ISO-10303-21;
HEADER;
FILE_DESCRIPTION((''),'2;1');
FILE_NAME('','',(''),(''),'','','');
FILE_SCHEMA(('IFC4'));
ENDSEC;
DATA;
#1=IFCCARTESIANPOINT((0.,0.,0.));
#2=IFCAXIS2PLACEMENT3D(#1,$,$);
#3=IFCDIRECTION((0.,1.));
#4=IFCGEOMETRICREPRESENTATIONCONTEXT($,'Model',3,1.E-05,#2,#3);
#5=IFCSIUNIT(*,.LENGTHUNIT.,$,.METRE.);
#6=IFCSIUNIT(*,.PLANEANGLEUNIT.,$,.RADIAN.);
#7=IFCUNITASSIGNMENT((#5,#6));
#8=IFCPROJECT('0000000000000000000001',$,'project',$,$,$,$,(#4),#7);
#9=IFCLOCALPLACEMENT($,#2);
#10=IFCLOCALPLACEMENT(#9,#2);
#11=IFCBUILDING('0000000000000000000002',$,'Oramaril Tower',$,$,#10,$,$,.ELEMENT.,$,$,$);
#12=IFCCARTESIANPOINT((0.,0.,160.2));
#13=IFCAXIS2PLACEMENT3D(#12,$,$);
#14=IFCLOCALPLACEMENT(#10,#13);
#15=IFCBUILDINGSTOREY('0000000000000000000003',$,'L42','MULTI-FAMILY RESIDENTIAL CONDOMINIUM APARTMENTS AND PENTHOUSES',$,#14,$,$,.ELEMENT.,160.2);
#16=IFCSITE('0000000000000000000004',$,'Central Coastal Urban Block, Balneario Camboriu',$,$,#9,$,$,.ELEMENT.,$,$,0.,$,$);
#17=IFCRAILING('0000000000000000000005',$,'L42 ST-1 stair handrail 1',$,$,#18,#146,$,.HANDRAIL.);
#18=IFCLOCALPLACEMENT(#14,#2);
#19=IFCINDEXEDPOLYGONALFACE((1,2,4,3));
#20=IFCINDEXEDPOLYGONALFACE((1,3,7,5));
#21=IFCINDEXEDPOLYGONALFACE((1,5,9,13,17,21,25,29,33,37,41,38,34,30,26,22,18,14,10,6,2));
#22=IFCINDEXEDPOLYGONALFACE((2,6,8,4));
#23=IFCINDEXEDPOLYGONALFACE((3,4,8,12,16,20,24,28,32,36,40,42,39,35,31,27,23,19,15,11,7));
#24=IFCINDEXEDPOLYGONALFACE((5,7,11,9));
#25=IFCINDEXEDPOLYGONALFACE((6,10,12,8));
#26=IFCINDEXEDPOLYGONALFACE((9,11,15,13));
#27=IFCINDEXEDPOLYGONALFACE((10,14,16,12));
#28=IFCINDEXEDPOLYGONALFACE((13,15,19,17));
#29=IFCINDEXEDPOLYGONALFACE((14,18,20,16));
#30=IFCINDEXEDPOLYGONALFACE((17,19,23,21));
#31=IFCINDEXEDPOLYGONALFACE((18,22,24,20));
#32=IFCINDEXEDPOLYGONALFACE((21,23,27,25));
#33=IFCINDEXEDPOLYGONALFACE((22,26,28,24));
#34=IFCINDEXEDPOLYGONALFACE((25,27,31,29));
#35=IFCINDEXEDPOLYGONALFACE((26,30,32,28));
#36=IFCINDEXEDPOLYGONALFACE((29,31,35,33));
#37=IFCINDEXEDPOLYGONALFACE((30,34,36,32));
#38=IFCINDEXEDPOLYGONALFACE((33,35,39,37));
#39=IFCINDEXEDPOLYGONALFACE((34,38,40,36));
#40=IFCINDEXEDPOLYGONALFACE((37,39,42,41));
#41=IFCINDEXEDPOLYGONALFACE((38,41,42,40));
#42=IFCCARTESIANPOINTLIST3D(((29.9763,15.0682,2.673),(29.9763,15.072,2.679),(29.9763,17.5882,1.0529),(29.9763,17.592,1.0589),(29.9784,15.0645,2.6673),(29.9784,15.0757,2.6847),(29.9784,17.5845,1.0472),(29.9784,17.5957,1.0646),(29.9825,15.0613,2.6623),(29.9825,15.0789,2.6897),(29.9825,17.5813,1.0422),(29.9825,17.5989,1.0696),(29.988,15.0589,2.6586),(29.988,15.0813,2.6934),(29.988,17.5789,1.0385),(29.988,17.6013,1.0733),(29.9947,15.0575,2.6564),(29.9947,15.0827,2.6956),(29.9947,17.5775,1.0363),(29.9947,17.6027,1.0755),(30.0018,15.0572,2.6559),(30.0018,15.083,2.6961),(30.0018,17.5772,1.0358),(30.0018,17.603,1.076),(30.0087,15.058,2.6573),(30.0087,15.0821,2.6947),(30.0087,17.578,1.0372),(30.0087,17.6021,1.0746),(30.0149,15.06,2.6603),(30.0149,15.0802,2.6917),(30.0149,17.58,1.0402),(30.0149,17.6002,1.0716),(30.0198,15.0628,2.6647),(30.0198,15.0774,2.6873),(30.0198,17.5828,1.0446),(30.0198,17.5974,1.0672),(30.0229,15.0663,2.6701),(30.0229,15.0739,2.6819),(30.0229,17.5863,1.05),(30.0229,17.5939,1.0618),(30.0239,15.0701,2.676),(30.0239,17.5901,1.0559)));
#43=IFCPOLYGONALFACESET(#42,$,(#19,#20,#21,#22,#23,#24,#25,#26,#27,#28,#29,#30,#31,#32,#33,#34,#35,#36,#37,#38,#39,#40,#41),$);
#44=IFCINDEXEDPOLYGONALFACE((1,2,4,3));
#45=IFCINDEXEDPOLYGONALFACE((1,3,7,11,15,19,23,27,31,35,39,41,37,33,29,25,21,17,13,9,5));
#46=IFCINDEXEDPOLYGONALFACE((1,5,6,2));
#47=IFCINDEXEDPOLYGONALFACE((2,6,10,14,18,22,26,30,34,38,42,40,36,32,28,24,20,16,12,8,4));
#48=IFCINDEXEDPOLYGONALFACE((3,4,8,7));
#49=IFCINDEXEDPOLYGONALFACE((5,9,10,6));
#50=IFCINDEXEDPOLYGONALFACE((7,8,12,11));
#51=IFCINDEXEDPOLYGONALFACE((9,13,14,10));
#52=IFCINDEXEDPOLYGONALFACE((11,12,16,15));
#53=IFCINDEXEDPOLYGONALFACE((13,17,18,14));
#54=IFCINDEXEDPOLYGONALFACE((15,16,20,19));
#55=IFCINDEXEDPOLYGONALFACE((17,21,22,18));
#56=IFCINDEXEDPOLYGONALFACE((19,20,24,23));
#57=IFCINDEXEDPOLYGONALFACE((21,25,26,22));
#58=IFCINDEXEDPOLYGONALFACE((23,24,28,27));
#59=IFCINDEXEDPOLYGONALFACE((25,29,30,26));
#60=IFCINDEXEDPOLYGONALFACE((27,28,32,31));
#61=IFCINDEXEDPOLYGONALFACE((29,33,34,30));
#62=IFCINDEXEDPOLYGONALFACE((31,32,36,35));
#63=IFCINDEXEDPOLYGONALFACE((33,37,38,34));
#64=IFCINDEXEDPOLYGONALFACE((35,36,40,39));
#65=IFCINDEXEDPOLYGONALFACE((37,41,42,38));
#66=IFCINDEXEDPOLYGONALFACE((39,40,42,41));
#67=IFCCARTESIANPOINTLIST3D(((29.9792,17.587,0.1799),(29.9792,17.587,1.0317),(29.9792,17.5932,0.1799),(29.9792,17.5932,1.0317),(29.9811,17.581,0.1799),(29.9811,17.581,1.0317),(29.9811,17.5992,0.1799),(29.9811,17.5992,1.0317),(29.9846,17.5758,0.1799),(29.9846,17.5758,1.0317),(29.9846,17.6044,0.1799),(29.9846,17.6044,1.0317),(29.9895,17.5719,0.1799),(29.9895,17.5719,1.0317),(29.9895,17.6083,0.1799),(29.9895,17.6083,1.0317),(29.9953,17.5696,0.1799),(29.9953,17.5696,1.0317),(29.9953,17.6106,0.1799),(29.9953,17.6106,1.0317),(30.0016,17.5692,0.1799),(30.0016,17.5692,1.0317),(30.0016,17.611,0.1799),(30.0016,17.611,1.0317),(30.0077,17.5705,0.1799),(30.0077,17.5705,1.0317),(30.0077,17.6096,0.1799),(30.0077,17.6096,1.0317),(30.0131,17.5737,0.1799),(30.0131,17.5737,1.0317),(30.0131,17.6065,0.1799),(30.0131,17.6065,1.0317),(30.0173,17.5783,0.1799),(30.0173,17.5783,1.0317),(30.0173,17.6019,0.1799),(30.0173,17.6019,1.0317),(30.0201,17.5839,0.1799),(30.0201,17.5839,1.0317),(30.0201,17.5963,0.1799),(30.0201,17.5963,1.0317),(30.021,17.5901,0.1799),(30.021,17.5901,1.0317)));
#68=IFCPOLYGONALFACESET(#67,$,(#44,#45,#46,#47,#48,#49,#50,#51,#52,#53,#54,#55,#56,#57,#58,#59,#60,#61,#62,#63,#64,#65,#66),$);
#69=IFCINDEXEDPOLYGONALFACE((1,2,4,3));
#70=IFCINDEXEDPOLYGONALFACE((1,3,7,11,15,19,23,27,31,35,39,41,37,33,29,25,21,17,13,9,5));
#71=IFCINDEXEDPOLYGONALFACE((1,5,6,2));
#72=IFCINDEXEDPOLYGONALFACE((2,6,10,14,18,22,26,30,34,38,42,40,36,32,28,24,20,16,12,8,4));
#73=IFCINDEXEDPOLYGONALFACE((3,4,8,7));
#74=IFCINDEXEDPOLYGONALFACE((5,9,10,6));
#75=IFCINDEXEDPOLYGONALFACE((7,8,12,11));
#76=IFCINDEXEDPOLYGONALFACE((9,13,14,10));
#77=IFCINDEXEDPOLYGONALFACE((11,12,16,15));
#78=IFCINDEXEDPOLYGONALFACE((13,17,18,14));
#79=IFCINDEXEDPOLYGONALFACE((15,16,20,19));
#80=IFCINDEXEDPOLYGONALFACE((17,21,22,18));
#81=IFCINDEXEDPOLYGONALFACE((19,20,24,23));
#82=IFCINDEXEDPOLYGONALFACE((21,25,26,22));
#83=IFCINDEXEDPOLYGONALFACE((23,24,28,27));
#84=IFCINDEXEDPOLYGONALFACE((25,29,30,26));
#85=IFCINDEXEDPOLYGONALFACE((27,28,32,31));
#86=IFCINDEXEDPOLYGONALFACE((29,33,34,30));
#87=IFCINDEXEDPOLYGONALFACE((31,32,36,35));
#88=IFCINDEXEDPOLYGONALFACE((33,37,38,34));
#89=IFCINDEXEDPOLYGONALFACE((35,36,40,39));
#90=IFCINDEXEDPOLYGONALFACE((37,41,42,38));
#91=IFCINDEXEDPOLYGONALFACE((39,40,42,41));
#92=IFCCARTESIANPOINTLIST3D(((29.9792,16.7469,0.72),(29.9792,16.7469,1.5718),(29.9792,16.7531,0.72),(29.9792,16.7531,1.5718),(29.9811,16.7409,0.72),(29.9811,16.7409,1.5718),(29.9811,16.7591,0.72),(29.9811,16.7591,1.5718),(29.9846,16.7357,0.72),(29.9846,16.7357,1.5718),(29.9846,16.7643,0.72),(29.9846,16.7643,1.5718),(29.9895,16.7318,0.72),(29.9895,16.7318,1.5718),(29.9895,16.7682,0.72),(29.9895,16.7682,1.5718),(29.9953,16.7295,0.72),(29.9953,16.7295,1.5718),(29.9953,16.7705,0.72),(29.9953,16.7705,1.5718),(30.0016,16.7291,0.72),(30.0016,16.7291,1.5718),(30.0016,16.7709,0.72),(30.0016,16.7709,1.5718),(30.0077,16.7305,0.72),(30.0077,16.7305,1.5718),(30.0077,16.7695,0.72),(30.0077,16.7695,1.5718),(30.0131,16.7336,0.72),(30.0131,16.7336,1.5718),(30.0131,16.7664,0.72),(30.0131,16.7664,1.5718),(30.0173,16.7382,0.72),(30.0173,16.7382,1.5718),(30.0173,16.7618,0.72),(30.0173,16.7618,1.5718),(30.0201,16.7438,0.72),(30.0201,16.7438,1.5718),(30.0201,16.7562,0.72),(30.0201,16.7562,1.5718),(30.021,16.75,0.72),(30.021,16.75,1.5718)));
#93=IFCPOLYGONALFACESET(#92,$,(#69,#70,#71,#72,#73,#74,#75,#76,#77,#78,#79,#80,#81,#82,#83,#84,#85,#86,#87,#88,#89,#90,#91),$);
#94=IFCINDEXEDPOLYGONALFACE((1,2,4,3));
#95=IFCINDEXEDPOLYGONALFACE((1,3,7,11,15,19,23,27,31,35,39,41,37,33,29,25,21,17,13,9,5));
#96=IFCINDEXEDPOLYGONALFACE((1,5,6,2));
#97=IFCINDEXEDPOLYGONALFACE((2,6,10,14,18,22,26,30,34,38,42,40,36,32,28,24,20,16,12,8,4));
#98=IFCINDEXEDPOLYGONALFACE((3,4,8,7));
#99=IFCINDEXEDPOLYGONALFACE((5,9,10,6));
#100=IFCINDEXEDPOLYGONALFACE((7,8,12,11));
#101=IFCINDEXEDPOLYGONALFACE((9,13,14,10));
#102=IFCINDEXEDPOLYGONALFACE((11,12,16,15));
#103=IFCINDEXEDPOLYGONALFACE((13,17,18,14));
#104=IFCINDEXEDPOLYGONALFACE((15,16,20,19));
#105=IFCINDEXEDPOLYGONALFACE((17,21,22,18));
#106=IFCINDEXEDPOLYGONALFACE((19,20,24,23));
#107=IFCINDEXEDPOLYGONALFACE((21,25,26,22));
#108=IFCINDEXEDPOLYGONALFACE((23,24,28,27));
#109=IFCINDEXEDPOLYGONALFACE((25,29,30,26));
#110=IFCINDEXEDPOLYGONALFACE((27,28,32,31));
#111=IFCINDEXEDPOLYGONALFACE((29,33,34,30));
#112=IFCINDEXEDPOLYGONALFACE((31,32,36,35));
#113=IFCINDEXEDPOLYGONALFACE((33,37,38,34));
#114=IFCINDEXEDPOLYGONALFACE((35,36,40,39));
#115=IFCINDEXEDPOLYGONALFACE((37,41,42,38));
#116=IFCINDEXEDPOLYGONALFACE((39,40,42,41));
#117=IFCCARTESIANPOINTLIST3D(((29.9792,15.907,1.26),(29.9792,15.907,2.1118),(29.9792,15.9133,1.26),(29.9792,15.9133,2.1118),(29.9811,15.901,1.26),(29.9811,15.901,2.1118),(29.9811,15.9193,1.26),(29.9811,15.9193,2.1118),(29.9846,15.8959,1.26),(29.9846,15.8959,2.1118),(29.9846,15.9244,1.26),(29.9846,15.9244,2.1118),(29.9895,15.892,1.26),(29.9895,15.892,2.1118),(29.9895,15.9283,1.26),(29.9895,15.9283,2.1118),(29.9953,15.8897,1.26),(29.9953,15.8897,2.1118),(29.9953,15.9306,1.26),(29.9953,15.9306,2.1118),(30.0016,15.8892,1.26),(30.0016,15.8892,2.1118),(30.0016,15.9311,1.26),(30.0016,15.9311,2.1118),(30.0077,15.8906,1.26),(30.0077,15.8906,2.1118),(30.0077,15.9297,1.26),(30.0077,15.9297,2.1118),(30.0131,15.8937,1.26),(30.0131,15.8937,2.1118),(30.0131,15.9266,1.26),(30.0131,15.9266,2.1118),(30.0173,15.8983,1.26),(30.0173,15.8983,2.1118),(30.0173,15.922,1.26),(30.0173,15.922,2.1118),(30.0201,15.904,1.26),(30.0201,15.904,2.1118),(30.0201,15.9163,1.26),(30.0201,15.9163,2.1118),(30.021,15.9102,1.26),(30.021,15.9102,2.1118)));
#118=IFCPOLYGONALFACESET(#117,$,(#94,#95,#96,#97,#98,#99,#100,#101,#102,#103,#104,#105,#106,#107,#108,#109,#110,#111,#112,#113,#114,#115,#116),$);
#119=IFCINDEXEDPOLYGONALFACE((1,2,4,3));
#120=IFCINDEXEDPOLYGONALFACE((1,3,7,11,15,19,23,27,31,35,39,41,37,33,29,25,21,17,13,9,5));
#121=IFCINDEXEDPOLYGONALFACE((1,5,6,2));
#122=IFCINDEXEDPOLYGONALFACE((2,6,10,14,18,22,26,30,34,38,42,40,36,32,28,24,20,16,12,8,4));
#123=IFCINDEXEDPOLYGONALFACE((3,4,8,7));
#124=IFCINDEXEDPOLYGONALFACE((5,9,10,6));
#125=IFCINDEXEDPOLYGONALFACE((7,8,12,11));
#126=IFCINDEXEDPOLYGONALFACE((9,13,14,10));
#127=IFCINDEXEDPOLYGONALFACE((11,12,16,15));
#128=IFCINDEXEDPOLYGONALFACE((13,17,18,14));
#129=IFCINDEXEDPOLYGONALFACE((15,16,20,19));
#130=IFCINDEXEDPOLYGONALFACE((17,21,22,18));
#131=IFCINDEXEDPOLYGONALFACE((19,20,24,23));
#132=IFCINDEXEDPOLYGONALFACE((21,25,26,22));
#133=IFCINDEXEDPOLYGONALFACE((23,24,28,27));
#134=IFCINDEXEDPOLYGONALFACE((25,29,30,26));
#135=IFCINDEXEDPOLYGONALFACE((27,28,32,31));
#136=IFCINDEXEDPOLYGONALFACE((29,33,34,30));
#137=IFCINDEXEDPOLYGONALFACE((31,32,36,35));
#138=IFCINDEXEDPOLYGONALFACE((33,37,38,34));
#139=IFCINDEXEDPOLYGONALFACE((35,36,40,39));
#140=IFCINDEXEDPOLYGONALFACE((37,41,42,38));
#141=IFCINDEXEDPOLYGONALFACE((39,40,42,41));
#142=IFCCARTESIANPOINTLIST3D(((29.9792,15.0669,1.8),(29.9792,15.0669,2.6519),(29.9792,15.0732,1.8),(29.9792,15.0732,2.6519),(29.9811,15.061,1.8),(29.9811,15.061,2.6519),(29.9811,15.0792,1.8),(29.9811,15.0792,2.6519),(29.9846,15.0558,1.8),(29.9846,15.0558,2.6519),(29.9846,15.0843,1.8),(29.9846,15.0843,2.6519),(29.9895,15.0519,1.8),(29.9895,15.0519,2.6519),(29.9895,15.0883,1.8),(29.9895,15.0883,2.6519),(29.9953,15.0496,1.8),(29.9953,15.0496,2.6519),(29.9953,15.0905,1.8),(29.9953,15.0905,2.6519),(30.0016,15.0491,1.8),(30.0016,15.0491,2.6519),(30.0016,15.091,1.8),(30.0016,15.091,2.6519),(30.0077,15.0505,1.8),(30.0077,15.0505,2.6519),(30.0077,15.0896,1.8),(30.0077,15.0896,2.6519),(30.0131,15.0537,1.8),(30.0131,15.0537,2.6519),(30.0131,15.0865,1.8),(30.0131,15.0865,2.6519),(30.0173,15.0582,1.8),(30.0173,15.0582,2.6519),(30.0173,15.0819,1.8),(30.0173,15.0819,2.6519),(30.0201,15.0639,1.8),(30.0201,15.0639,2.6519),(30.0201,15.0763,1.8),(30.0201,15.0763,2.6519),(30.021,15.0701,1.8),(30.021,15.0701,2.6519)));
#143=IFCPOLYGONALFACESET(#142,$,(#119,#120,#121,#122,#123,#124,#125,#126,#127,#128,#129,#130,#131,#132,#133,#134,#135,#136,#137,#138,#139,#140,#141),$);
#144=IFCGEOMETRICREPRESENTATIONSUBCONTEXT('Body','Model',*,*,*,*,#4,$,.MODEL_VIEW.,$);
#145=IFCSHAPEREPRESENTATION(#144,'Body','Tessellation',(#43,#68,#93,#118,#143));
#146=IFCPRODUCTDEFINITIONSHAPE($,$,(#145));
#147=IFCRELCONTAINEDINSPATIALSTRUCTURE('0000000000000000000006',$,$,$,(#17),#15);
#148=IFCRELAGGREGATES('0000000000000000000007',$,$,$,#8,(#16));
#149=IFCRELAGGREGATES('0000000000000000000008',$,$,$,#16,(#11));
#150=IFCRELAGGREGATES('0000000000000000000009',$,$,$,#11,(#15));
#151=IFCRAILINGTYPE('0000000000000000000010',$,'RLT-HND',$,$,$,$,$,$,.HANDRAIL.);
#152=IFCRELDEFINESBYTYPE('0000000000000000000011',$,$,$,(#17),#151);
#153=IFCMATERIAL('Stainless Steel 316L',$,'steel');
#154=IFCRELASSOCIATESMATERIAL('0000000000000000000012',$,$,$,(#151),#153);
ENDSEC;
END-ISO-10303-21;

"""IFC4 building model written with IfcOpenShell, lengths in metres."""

from ifc_helpers import new_model, si_unit, direction, frame, origin, origin_2d, place, context, subcontext, project, spatial, circle, extrude, material, type_object, element, save


model = new_model("IFC4")

# Units and contexts
model_context = context("Model", 3, precision=1e-05, world=origin(), true_north=direction((0.0, 1.0)))
body_context = subcontext(model_context, "Body", "Model", "MODEL_VIEW")
ifc_project = project(units=[si_unit("LENGTHUNIT", "METRE"), si_unit("PLANEANGLEUNIT", "RADIAN")], contexts=[model_context])

# Site, building, storey
site_placement = place(None, origin())
site = spatial("IfcSite", under=ifc_project, at=site_placement, Name="Central Coastal Urban Block, Balneario Camboriu", CompositionType="ELEMENT", RefElevation=0.0)
building_placement = place(site_placement, origin())
building = spatial("IfcBuilding", under=site, at=building_placement, Name="Oramaril Tower", CompositionType="ELEMENT")
storey_placement = place(building_placement, frame((0.0, 0.0, 160.2)))
storey = spatial("IfcBuildingStorey", under=building, at=storey_placement, Name="L42", Description="MULTI-FAMILY RESIDENTIAL CONDOMINIUM APARTMENTS AND PENTHOUSES", CompositionType="ELEMENT", Elevation=160.2)

# Railing
ifc_material_1 = material(Name="Stainless Steel 316L", Category="steel")
railing_type_1 = type_object("IfcRailingType", Name="RLT-HND", PredefinedType="HANDRAIL", material=ifc_material_1)
railing_1_placement = place(storey_placement, frame((30.0, 17.5901, 0.1799)))
element("IfcRailing", 1, at=railing_1_placement, inside=storey, type_object=railing_type_1, Name="L42 ST-1 stair handrail 1", PredefinedType="HANDRAIL", context=body_context, shape_type="SweptSolid", body=[
    extrude(circle(Radius=0.0239, at=origin_2d()), frame((0.0, 0.0, 0.876), z_axis=(0.0, -0.841163, 0.540782), x_axis=(1.0, 0.0, 0.0)), (0.0, 0.0, 1.0), 2.9958),
    extrude(circle(Radius=0.021, at=origin_2d()), origin(), (0.0, 0.0, 1.0), 0.8518),
    extrude(circle(Radius=0.021, at=origin_2d()), frame((0.0, -0.8401, 0.54)), (0.0, 0.0, 1.0), 0.8518),
    extrude(circle(Radius=0.021, at=origin_2d()), frame((0.0, -1.6799, 1.0801)), (0.0, 0.0, 1.0), 0.8518),
    extrude(circle(Radius=0.021, at=origin_2d()), frame((0.0, -2.52, 1.6201)), (0.0, 0.0, 1.0), 0.8518),
])

save(model, "model.ifc")
